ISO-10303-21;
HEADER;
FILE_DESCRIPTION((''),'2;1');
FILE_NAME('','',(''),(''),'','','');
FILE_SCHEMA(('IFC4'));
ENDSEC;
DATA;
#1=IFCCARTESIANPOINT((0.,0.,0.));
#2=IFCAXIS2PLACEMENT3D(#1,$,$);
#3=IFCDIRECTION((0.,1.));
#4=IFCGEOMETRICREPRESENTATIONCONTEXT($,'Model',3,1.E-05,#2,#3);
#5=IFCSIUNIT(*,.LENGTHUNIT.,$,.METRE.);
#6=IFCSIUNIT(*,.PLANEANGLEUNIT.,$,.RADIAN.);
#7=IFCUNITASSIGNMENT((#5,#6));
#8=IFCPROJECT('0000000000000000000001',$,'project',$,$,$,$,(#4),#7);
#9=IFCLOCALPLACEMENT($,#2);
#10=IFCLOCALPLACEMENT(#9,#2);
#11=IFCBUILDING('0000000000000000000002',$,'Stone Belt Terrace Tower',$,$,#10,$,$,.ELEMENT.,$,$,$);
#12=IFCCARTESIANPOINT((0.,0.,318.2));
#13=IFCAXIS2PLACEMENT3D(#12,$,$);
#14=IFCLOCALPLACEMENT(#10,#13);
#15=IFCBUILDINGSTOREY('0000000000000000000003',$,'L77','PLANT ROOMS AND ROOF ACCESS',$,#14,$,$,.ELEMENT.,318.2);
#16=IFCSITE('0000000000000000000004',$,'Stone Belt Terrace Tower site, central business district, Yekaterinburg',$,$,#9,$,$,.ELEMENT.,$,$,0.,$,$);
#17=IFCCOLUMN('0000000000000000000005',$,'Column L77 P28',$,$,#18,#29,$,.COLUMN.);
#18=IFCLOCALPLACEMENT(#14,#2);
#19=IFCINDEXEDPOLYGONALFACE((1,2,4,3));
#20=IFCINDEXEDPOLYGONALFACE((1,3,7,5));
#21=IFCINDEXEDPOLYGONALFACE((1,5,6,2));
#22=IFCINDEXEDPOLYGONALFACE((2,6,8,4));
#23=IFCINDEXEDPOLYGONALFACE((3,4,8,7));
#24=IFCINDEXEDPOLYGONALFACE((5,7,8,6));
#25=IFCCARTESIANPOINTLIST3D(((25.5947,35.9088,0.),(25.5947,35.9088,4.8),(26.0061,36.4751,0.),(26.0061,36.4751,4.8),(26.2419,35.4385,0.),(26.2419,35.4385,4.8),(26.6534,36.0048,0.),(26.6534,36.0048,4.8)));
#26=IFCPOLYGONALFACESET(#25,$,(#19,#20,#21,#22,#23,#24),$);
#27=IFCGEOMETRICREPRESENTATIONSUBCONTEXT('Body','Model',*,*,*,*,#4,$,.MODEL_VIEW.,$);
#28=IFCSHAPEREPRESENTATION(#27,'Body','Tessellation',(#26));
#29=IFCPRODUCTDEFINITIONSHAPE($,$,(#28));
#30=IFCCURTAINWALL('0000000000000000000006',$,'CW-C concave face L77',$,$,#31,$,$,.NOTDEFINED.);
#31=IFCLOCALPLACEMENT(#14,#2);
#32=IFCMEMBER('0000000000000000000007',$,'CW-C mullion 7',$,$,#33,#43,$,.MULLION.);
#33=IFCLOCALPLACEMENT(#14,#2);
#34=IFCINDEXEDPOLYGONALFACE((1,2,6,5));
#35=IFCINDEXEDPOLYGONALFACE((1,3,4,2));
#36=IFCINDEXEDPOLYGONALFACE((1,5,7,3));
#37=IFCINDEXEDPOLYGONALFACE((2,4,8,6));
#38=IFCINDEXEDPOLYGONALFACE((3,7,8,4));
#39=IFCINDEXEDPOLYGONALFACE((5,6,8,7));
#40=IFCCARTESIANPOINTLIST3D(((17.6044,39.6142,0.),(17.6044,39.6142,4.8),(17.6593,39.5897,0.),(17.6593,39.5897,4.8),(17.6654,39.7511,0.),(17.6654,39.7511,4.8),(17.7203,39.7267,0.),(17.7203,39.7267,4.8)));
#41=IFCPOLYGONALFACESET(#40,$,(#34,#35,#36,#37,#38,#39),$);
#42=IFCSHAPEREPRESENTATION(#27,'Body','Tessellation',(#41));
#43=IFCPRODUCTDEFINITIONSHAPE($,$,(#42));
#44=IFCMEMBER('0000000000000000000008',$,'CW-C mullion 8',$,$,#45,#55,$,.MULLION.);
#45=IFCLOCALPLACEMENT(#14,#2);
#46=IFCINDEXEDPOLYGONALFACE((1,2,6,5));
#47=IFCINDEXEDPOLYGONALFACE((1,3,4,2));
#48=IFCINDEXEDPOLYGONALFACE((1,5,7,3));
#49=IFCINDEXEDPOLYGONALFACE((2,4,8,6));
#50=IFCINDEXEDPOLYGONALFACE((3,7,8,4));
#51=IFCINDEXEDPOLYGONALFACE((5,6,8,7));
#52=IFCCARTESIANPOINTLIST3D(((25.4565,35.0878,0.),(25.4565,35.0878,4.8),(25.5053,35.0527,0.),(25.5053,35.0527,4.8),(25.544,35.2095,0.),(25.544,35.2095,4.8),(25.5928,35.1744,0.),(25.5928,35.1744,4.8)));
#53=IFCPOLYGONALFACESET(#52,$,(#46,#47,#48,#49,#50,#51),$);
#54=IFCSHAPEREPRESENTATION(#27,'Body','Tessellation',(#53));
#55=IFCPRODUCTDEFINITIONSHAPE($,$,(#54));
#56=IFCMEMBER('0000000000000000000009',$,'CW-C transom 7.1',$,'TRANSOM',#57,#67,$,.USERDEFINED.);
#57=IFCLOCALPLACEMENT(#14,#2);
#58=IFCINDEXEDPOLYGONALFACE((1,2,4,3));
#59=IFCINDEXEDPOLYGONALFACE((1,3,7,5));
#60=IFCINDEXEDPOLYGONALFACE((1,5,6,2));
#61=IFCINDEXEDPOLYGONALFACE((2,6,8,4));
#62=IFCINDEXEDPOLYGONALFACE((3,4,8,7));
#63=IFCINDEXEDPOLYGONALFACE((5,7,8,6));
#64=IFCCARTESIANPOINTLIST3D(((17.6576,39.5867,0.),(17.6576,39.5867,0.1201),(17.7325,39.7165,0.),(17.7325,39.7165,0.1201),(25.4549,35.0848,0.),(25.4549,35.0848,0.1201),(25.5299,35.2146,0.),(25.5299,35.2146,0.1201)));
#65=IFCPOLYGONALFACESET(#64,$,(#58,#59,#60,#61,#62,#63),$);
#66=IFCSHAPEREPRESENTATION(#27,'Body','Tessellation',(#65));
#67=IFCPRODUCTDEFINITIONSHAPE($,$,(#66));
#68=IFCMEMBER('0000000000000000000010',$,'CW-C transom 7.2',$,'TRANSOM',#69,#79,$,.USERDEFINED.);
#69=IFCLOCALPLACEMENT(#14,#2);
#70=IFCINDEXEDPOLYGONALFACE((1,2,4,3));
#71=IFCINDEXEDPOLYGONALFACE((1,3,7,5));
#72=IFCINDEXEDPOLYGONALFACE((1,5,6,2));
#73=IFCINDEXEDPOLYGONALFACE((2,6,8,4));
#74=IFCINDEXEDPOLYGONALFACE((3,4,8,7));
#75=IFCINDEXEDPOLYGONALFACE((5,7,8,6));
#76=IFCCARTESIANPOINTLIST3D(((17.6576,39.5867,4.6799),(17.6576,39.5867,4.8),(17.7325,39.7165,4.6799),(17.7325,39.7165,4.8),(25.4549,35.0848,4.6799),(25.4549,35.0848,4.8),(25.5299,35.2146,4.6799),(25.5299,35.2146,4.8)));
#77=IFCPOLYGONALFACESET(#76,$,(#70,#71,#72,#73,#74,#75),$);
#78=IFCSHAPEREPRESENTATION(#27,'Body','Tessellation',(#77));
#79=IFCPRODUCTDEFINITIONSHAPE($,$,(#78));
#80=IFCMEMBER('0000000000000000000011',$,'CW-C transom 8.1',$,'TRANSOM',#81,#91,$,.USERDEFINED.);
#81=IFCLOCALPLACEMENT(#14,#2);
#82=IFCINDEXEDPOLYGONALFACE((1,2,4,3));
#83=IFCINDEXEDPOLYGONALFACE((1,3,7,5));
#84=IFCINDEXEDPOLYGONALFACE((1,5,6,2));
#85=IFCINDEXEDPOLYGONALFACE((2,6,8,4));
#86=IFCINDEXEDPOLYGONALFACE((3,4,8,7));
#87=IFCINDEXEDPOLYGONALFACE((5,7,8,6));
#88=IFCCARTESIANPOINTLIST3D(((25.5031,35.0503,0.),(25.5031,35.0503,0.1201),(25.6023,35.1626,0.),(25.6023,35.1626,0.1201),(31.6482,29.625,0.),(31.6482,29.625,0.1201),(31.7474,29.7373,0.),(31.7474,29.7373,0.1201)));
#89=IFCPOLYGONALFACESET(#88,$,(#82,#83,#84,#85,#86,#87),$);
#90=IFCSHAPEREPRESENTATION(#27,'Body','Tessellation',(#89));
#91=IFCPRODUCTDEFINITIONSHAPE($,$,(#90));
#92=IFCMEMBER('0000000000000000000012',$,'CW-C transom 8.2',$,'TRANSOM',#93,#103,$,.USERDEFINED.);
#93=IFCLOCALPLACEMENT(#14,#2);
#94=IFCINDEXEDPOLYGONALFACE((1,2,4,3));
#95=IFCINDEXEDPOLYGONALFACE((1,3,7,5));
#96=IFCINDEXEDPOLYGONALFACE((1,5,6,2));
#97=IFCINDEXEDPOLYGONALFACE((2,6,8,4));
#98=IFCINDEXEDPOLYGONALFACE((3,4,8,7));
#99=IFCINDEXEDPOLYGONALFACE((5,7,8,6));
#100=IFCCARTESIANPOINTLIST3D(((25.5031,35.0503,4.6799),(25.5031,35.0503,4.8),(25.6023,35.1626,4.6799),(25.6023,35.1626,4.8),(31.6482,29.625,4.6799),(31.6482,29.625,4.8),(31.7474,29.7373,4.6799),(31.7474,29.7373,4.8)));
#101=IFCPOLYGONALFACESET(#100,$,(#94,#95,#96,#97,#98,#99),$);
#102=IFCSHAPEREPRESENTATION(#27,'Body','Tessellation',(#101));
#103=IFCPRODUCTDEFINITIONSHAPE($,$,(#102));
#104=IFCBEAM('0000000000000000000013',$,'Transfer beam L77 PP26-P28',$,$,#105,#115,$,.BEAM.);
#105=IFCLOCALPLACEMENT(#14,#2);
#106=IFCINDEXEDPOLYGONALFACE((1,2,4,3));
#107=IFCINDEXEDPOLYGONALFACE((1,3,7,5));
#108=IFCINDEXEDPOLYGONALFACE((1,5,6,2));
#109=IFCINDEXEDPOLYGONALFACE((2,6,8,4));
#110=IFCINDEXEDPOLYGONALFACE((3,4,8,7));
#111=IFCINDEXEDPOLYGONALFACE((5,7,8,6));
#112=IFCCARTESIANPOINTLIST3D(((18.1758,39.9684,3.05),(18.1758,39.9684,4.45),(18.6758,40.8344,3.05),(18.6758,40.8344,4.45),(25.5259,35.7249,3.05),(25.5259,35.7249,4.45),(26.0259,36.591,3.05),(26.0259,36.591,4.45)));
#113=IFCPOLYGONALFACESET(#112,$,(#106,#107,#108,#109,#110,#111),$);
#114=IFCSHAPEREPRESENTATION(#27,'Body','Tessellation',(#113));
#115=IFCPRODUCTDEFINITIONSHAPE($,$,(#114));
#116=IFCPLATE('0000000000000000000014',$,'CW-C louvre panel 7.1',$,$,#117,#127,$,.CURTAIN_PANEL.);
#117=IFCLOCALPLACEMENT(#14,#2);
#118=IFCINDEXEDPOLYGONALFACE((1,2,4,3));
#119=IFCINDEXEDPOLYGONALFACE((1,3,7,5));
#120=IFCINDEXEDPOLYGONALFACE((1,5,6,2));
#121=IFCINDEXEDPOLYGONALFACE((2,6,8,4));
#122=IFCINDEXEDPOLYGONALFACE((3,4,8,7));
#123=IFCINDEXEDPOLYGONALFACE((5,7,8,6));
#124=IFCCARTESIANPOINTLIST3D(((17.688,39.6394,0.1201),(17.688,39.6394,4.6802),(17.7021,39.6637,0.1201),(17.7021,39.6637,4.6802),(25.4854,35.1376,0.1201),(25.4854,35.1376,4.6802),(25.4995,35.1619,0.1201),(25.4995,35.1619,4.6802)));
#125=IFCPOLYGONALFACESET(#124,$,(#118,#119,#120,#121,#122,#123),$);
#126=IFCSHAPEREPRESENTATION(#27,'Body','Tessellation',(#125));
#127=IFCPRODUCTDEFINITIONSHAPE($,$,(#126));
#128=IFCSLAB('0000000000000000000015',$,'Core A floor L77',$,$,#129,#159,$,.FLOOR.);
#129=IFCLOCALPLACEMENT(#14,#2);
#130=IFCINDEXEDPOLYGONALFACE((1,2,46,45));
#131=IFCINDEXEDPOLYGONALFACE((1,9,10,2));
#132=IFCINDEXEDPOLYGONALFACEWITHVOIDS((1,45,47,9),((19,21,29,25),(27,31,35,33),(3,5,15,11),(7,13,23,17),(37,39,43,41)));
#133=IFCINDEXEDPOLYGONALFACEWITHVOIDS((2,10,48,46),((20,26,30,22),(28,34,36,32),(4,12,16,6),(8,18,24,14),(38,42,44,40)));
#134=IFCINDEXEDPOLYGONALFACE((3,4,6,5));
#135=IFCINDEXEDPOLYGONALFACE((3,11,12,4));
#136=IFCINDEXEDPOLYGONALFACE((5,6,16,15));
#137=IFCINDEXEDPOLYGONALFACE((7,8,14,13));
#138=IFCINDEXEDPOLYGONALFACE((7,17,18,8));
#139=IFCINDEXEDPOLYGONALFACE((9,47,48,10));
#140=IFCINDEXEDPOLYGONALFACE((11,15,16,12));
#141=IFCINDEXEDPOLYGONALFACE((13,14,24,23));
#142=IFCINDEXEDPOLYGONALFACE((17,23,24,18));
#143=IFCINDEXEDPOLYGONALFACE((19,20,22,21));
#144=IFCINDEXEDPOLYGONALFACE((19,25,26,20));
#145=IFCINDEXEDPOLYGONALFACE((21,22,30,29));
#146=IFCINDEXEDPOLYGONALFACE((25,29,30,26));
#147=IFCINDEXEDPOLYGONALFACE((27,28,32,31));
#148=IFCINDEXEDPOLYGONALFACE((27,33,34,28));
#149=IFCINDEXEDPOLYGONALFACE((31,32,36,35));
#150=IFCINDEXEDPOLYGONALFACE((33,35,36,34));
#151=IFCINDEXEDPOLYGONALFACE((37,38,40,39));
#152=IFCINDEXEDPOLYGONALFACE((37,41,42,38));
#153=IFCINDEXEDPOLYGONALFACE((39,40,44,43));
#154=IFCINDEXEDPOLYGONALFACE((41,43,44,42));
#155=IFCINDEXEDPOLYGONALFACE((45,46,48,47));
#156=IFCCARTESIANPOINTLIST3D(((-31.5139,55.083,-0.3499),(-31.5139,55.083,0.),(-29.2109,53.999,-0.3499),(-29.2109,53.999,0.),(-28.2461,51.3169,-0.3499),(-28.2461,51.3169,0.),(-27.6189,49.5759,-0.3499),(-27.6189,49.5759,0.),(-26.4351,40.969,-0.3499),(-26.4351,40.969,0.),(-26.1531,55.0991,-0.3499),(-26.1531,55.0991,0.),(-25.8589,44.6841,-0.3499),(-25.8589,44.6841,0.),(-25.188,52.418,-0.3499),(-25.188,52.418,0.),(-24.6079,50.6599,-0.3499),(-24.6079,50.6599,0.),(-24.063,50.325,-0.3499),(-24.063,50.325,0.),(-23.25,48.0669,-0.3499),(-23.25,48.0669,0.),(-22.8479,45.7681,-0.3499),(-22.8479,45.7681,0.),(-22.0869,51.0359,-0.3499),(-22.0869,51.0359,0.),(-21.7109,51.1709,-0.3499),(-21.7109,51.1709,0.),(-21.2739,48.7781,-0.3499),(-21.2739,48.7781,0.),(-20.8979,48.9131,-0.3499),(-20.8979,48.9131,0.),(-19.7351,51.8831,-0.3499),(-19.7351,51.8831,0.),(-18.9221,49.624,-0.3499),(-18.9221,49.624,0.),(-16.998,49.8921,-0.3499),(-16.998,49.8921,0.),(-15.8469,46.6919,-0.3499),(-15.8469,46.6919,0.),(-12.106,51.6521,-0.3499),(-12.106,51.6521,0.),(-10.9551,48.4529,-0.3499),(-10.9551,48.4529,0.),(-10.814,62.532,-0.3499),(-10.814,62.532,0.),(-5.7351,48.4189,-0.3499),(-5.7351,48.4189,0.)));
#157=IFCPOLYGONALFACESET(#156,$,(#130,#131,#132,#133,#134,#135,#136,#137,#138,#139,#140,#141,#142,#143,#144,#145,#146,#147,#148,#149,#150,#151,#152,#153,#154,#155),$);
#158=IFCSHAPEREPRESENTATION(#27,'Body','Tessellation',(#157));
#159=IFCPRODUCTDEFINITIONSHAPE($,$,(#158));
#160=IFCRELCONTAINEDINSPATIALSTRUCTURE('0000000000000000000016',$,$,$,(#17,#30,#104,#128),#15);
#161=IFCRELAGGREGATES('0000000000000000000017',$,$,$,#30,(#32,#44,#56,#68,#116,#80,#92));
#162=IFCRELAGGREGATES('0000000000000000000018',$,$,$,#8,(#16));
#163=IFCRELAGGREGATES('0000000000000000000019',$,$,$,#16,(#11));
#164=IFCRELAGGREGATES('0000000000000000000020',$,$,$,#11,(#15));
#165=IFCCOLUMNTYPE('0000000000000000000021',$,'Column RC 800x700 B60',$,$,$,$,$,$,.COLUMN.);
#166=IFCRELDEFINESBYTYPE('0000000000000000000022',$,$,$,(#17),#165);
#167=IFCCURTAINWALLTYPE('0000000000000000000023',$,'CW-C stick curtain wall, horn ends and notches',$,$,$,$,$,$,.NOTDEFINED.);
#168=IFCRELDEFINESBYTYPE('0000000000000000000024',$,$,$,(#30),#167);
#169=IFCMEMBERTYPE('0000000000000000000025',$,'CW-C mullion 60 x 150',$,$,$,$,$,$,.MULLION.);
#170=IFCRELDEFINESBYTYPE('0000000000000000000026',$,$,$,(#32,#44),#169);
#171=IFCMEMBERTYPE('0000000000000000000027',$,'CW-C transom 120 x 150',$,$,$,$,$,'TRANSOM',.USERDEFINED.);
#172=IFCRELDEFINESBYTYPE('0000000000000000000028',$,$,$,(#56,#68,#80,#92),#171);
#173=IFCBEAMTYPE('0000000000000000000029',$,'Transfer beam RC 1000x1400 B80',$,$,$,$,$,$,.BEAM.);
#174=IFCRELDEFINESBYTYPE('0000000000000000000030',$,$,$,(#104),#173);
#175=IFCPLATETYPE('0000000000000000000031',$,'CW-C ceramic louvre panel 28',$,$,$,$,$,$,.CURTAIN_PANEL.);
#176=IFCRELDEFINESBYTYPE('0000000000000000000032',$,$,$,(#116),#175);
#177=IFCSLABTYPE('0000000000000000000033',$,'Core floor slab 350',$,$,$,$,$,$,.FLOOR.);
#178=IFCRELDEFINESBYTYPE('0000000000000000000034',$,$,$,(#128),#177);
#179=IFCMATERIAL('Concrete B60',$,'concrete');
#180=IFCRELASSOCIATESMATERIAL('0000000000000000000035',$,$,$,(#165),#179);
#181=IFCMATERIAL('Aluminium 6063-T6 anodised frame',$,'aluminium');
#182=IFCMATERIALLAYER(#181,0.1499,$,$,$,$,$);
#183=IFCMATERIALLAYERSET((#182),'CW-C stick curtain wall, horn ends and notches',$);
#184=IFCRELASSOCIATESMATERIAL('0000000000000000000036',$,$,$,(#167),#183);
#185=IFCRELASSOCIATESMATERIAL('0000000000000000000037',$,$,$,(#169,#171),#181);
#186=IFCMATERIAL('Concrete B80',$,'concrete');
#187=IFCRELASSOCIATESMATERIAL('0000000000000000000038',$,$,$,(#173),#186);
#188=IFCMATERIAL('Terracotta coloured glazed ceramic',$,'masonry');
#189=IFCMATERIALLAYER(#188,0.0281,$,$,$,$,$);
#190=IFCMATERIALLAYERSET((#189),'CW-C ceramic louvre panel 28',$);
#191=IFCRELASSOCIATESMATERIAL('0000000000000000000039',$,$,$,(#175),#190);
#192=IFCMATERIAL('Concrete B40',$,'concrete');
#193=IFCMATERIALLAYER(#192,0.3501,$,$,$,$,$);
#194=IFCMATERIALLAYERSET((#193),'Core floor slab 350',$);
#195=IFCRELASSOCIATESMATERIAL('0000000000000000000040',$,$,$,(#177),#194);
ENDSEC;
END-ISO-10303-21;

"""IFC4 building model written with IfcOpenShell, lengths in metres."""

from ifc_helpers import new_model, si_unit, direction, frame, origin, origin_2d, place, context, subcontext, project, spatial, polyline, rectangle, outline, extrude, material, layer, layer_set, material_profile, profile_set, type_object, element, aggregate, save


model = new_model("IFC4")

# Units and contexts
model_context = context("Model", 3, precision=1e-05, world=origin(), true_north=direction((0.0, 1.0)))
body_context = subcontext(model_context, "Body", "Model", "MODEL_VIEW")
ifc_project = project(units=[si_unit("LENGTHUNIT", "METRE"), si_unit("PLANEANGLEUNIT", "RADIAN")], contexts=[model_context])

# Site, building, storey
site_placement = place(None, origin())
site = spatial("IfcSite", under=ifc_project, at=site_placement, Name="Stone Belt Terrace Tower site, central business district, Yekaterinburg", CompositionType="ELEMENT", RefElevation=0.0)
building_placement = place(site_placement, origin())
building = spatial("IfcBuilding", under=site, at=building_placement, Name="Stone Belt Terrace Tower", CompositionType="ELEMENT")
storey_placement = place(building_placement, frame((0.0, 0.0, 318.2)))
storey = spatial("IfcBuildingStorey", under=building, at=storey_placement, Name="L77", Description="PLANT ROOMS AND ROOF ACCESS", CompositionType="ELEMENT", Elevation=318.2)

# Column
ifc_material_1 = material(Name="Concrete B60", Category="concrete")
ifc_material_profile_1 = material_profile(ifc_material_1, rectangle(XDim=0.8, YDim=0.7, at=origin_2d()), Name="RC 800x700")
ifc_profile_set_1 = profile_set([ifc_material_profile_1], Name="Concrete B60")
column_type = type_object("IfcColumnType", Name="Column RC 800x700 B60", PredefinedType="COLUMN", material=ifc_profile_set_1)
column_placement = place(storey_placement, frame((26.124, 35.9568, 0.0), z_axis=(0.0, 0.0, 1.0), x_axis=(0.809017, -0.587785, 0.0)))
element("IfcColumn", 1, at=column_placement, inside=storey, type_object=column_type, Name="Column L77 P28", PredefinedType="COLUMN", context=body_context, shape_type="SweptSolid", body=[
    extrude(rectangle(XDim=0.8, YDim=0.7, at=origin_2d()), origin(), (0.0, 0.0, 1.0), 4.8),
])

# Curtain wall, members
ifc_material_2 = material(Name="Aluminium 6063-T6 anodised frame", Category="aluminium")
ifc_layer_1 = layer(ifc_material_2, 0.1499)
ifc_layer_set_1 = layer_set([ifc_layer_1], Name="CW-C stick curtain wall, horn ends and notches")
curtain_wall_type = type_object("IfcCurtainWallType", Name="CW-C stick curtain wall, horn ends and notches", PredefinedType="NOTDEFINED", material=ifc_layer_set_1)
curtain_wall_placement = place(storey_placement, origin())
curtain_wall = element("IfcCurtainWall", 2, at=curtain_wall_placement, inside=storey, type_object=curtain_wall_type, Name="CW-C concave face L77", PredefinedType="NOTDEFINED")
ifc_material_profile_2 = material_profile(ifc_material_2, rectangle(XDim=0.1499, YDim=0.0601, at=origin_2d()), Name="Aluminium 6063-T6 60x150")
ifc_profile_set_2 = profile_set([ifc_material_profile_2], Name="Aluminium 6063-T6 anodised frame")
member_type_1 = type_object("IfcMemberType", Name="CW-C mullion 60 x 150", PredefinedType="MULLION", material=ifc_profile_set_2)
member_1_placement = place(storey_placement, frame((17.6624, 39.6704, 0.0), z_axis=(0.0, 0.0, 1.0), x_axis=(0.406737, 0.913545, 0.0)))
member_1 = element("IfcMember", 3, at=member_1_placement, type_object=member_type_1, Name="CW-C mullion 7", PredefinedType="MULLION", context=body_context, shape_type="SweptSolid", body=[
    extrude(rectangle(XDim=0.1499, YDim=0.0601, at=origin_2d()), origin(), (0.0, 0.0, 1.0), 4.8),
])
member_2_placement = place(storey_placement, frame((25.5247, 35.1311, 0.0), z_axis=(0.0, 0.0, 1.0), x_axis=(0.583819, 0.811884, 0.0)))
member_2 = element("IfcMember", 4, at=member_2_placement, type_object=member_type_1, Name="CW-C mullion 8", PredefinedType="MULLION", context=body_context, shape_type="SweptSolid", body=[
    extrude(rectangle(XDim=0.1499, YDim=0.0601, at=origin_2d()), origin(), (0.0, 0.0, 1.0), 4.8),
])
ifc_material_profile_3 = material_profile(ifc_material_2, rectangle(XDim=0.1499, YDim=0.1201, at=origin_2d()), Name="Aluminium 6063-T6 150x120")
ifc_profile_set_3 = profile_set([ifc_material_profile_3], Name="Aluminium 6063-T6 anodised frame")
member_type_2 = type_object("IfcMemberType", Name="CW-C transom 120 x 150", ElementType="TRANSOM", PredefinedType="USERDEFINED", material=ifc_profile_set_3)
member_3_placement = place(storey_placement, frame((17.6951, 39.6516, 0.0601), z_axis=(0.866019, -0.500012, 0.0), x_axis=(0.500012, 0.866019, 0.0)))
member_3 = element("IfcMember", 5, at=member_3_placement, type_object=member_type_2, Name="CW-C transom 7.1", ObjectType="TRANSOM", PredefinedType="USERDEFINED", context=body_context, shape_type="SweptSolid", body=[
    extrude(rectangle(XDim=0.1499, YDim=0.1201, at=origin_2d()), origin(), (0.0, 0.0, 1.0), 9.0037),
])
member_4_placement = place(storey_placement, frame((17.6951, 39.6516, 4.74), z_axis=(0.866019, -0.500012, 0.0), x_axis=(0.500012, 0.866019, 0.0)))
member_4 = element("IfcMember", 6, at=member_4_placement, type_object=member_type_2, Name="CW-C transom 7.2", ObjectType="TRANSOM", PredefinedType="USERDEFINED", context=body_context, shape_type="SweptSolid", body=[
    extrude(rectangle(XDim=0.1499, YDim=0.1201, at=origin_2d()), origin(), (0.0, 0.0, 1.0), 9.0037),
])
member_5_placement = place(storey_placement, frame((25.5527, 35.1064, 0.0601), z_axis=(0.749643, -0.661842, 0.0), x_axis=(0.661842, 0.749643, 0.0)))
member_5 = element("IfcMember", 7, at=member_5_placement, type_object=member_type_2, Name="CW-C transom 8.1", ObjectType="TRANSOM", PredefinedType="USERDEFINED", context=body_context, shape_type="SweptSolid", body=[
    extrude(rectangle(XDim=0.1499, YDim=0.1201, at=origin_2d()), origin(), (0.0, 0.0, 1.0), 8.1973),
])
member_6_placement = place(storey_placement, frame((25.5527, 35.1064, 4.74), z_axis=(0.749643, -0.661842, 0.0), x_axis=(0.661842, 0.749643, 0.0)))
member_6 = element("IfcMember", 8, at=member_6_placement, type_object=member_type_2, Name="CW-C transom 8.2", ObjectType="TRANSOM", PredefinedType="USERDEFINED", context=body_context, shape_type="SweptSolid", body=[
    extrude(rectangle(XDim=0.1499, YDim=0.1201, at=origin_2d()), origin(), (0.0, 0.0, 1.0), 8.1973),
])

# Beam
ifc_material_3 = material(Name="Concrete B80", Category="concrete")
ifc_material_profile_4 = material_profile(ifc_material_3, rectangle(XDim=1.0, YDim=1.3999, at=origin_2d()), Name="RC 1000x1400")
ifc_profile_set_4 = profile_set([ifc_material_profile_4], Name="Concrete B80")
beam_type = type_object("IfcBeamType", Name="Transfer beam RC 1000x1400 B80", PredefinedType="BEAM", material=ifc_profile_set_4)
beam_placement = place(storey_placement, frame((18.4258, 40.4014, 3.75), z_axis=(0.866034, -0.499985, 0.0), x_axis=(0.499985, 0.866034, 0.0)))
element("IfcBeam", 9, at=beam_placement, inside=storey, type_object=beam_type, Name="Transfer beam L77 PP26-P28", PredefinedType="BEAM", context=body_context, shape_type="SweptSolid", body=[
    extrude(rectangle(XDim=1.0, YDim=1.3999, at=origin_2d()), origin(), (0.0, 0.0, 1.0), 8.4871),
])

# Plate
ifc_material_4 = material(Name="Terracotta coloured glazed ceramic", Category="masonry")
ifc_layer_2 = layer(ifc_material_4, 0.0281)
ifc_layer_set_2 = layer_set([ifc_layer_2], Name="CW-C ceramic louvre panel 28")
plate_type = type_object("IfcPlateType", Name="CW-C ceramic louvre panel 28", PredefinedType="CURTAIN_PANEL", material=ifc_layer_set_2)
plate_placement = place(storey_placement, frame((21.5938, 37.4006, 0.1201), z_axis=(0.0, 0.0, 1.0), x_axis=(0.866025, -0.5, 0.0)))
plate = element("IfcPlate", 10, at=plate_placement, type_object=plate_type, Name="CW-C louvre panel 7.1", PredefinedType="CURTAIN_PANEL", context=body_context, shape_type="SweptSolid", body=[
    extrude(rectangle(XDim=9.0037, YDim=0.0281, at=origin_2d()), origin(), (0.0, 0.0, 1.0), 4.5601),
])
aggregate(curtain_wall, [member_1, member_2, member_3, member_4, plate, member_5, member_6])

# Slab
ifc_material_5 = material(Name="Concrete B40", Category="concrete")
ifc_layer_3 = layer(ifc_material_5, 0.3501)
ifc_layer_set_3 = layer_set([ifc_layer_3], Name="Core floor slab 350")
slab_type_1 = type_object("IfcSlabType", Name="Core floor slab 350", PredefinedType="FLOOR", material=ifc_layer_set_3)
slab_1_placement = place(storey_placement, frame((0.0, 0.0, -0.3499)))
element("IfcSlab", 11, at=slab_1_placement, inside=storey, type_object=slab_type_1, Name="Core A floor L77", PredefinedType="FLOOR", context=body_context, shape_type="SweptSolid", body=[
    extrude(outline(polyline([(-26.4351, 40.969), (-5.7351, 48.4189), (-10.814, 62.532), (-31.5139, 55.083), (-26.4351, 40.969)]), holes=[polyline([(-27.6189, 49.5759), (-24.6079, 50.6599), (-22.8479, 45.7681), (-25.8589, 44.6841), (-27.6189, 49.5759)]), polyline([(-12.106, 51.6521), (-10.9551, 48.4529), (-15.8469, 46.6919), (-16.998, 49.8921), (-12.106, 51.6521)]), polyline([(-21.2739, 48.7781), (-23.25, 48.0669), (-24.063, 50.325), (-22.0869, 51.0359), (-21.2739, 48.7781)]), polyline([(-20.8979, 48.9131), (-21.7109, 51.1709), (-19.7351, 51.8831), (-18.9221, 49.624), (-20.8979, 48.9131)]), polyline([(-28.2461, 51.3169), (-29.2109, 53.999), (-26.1531, 55.0991), (-25.188, 52.418), (-28.2461, 51.3169)])]), origin(), (0.0, 0.0, 1.0), 0.3499),
])

save(model, "model.ifc")
